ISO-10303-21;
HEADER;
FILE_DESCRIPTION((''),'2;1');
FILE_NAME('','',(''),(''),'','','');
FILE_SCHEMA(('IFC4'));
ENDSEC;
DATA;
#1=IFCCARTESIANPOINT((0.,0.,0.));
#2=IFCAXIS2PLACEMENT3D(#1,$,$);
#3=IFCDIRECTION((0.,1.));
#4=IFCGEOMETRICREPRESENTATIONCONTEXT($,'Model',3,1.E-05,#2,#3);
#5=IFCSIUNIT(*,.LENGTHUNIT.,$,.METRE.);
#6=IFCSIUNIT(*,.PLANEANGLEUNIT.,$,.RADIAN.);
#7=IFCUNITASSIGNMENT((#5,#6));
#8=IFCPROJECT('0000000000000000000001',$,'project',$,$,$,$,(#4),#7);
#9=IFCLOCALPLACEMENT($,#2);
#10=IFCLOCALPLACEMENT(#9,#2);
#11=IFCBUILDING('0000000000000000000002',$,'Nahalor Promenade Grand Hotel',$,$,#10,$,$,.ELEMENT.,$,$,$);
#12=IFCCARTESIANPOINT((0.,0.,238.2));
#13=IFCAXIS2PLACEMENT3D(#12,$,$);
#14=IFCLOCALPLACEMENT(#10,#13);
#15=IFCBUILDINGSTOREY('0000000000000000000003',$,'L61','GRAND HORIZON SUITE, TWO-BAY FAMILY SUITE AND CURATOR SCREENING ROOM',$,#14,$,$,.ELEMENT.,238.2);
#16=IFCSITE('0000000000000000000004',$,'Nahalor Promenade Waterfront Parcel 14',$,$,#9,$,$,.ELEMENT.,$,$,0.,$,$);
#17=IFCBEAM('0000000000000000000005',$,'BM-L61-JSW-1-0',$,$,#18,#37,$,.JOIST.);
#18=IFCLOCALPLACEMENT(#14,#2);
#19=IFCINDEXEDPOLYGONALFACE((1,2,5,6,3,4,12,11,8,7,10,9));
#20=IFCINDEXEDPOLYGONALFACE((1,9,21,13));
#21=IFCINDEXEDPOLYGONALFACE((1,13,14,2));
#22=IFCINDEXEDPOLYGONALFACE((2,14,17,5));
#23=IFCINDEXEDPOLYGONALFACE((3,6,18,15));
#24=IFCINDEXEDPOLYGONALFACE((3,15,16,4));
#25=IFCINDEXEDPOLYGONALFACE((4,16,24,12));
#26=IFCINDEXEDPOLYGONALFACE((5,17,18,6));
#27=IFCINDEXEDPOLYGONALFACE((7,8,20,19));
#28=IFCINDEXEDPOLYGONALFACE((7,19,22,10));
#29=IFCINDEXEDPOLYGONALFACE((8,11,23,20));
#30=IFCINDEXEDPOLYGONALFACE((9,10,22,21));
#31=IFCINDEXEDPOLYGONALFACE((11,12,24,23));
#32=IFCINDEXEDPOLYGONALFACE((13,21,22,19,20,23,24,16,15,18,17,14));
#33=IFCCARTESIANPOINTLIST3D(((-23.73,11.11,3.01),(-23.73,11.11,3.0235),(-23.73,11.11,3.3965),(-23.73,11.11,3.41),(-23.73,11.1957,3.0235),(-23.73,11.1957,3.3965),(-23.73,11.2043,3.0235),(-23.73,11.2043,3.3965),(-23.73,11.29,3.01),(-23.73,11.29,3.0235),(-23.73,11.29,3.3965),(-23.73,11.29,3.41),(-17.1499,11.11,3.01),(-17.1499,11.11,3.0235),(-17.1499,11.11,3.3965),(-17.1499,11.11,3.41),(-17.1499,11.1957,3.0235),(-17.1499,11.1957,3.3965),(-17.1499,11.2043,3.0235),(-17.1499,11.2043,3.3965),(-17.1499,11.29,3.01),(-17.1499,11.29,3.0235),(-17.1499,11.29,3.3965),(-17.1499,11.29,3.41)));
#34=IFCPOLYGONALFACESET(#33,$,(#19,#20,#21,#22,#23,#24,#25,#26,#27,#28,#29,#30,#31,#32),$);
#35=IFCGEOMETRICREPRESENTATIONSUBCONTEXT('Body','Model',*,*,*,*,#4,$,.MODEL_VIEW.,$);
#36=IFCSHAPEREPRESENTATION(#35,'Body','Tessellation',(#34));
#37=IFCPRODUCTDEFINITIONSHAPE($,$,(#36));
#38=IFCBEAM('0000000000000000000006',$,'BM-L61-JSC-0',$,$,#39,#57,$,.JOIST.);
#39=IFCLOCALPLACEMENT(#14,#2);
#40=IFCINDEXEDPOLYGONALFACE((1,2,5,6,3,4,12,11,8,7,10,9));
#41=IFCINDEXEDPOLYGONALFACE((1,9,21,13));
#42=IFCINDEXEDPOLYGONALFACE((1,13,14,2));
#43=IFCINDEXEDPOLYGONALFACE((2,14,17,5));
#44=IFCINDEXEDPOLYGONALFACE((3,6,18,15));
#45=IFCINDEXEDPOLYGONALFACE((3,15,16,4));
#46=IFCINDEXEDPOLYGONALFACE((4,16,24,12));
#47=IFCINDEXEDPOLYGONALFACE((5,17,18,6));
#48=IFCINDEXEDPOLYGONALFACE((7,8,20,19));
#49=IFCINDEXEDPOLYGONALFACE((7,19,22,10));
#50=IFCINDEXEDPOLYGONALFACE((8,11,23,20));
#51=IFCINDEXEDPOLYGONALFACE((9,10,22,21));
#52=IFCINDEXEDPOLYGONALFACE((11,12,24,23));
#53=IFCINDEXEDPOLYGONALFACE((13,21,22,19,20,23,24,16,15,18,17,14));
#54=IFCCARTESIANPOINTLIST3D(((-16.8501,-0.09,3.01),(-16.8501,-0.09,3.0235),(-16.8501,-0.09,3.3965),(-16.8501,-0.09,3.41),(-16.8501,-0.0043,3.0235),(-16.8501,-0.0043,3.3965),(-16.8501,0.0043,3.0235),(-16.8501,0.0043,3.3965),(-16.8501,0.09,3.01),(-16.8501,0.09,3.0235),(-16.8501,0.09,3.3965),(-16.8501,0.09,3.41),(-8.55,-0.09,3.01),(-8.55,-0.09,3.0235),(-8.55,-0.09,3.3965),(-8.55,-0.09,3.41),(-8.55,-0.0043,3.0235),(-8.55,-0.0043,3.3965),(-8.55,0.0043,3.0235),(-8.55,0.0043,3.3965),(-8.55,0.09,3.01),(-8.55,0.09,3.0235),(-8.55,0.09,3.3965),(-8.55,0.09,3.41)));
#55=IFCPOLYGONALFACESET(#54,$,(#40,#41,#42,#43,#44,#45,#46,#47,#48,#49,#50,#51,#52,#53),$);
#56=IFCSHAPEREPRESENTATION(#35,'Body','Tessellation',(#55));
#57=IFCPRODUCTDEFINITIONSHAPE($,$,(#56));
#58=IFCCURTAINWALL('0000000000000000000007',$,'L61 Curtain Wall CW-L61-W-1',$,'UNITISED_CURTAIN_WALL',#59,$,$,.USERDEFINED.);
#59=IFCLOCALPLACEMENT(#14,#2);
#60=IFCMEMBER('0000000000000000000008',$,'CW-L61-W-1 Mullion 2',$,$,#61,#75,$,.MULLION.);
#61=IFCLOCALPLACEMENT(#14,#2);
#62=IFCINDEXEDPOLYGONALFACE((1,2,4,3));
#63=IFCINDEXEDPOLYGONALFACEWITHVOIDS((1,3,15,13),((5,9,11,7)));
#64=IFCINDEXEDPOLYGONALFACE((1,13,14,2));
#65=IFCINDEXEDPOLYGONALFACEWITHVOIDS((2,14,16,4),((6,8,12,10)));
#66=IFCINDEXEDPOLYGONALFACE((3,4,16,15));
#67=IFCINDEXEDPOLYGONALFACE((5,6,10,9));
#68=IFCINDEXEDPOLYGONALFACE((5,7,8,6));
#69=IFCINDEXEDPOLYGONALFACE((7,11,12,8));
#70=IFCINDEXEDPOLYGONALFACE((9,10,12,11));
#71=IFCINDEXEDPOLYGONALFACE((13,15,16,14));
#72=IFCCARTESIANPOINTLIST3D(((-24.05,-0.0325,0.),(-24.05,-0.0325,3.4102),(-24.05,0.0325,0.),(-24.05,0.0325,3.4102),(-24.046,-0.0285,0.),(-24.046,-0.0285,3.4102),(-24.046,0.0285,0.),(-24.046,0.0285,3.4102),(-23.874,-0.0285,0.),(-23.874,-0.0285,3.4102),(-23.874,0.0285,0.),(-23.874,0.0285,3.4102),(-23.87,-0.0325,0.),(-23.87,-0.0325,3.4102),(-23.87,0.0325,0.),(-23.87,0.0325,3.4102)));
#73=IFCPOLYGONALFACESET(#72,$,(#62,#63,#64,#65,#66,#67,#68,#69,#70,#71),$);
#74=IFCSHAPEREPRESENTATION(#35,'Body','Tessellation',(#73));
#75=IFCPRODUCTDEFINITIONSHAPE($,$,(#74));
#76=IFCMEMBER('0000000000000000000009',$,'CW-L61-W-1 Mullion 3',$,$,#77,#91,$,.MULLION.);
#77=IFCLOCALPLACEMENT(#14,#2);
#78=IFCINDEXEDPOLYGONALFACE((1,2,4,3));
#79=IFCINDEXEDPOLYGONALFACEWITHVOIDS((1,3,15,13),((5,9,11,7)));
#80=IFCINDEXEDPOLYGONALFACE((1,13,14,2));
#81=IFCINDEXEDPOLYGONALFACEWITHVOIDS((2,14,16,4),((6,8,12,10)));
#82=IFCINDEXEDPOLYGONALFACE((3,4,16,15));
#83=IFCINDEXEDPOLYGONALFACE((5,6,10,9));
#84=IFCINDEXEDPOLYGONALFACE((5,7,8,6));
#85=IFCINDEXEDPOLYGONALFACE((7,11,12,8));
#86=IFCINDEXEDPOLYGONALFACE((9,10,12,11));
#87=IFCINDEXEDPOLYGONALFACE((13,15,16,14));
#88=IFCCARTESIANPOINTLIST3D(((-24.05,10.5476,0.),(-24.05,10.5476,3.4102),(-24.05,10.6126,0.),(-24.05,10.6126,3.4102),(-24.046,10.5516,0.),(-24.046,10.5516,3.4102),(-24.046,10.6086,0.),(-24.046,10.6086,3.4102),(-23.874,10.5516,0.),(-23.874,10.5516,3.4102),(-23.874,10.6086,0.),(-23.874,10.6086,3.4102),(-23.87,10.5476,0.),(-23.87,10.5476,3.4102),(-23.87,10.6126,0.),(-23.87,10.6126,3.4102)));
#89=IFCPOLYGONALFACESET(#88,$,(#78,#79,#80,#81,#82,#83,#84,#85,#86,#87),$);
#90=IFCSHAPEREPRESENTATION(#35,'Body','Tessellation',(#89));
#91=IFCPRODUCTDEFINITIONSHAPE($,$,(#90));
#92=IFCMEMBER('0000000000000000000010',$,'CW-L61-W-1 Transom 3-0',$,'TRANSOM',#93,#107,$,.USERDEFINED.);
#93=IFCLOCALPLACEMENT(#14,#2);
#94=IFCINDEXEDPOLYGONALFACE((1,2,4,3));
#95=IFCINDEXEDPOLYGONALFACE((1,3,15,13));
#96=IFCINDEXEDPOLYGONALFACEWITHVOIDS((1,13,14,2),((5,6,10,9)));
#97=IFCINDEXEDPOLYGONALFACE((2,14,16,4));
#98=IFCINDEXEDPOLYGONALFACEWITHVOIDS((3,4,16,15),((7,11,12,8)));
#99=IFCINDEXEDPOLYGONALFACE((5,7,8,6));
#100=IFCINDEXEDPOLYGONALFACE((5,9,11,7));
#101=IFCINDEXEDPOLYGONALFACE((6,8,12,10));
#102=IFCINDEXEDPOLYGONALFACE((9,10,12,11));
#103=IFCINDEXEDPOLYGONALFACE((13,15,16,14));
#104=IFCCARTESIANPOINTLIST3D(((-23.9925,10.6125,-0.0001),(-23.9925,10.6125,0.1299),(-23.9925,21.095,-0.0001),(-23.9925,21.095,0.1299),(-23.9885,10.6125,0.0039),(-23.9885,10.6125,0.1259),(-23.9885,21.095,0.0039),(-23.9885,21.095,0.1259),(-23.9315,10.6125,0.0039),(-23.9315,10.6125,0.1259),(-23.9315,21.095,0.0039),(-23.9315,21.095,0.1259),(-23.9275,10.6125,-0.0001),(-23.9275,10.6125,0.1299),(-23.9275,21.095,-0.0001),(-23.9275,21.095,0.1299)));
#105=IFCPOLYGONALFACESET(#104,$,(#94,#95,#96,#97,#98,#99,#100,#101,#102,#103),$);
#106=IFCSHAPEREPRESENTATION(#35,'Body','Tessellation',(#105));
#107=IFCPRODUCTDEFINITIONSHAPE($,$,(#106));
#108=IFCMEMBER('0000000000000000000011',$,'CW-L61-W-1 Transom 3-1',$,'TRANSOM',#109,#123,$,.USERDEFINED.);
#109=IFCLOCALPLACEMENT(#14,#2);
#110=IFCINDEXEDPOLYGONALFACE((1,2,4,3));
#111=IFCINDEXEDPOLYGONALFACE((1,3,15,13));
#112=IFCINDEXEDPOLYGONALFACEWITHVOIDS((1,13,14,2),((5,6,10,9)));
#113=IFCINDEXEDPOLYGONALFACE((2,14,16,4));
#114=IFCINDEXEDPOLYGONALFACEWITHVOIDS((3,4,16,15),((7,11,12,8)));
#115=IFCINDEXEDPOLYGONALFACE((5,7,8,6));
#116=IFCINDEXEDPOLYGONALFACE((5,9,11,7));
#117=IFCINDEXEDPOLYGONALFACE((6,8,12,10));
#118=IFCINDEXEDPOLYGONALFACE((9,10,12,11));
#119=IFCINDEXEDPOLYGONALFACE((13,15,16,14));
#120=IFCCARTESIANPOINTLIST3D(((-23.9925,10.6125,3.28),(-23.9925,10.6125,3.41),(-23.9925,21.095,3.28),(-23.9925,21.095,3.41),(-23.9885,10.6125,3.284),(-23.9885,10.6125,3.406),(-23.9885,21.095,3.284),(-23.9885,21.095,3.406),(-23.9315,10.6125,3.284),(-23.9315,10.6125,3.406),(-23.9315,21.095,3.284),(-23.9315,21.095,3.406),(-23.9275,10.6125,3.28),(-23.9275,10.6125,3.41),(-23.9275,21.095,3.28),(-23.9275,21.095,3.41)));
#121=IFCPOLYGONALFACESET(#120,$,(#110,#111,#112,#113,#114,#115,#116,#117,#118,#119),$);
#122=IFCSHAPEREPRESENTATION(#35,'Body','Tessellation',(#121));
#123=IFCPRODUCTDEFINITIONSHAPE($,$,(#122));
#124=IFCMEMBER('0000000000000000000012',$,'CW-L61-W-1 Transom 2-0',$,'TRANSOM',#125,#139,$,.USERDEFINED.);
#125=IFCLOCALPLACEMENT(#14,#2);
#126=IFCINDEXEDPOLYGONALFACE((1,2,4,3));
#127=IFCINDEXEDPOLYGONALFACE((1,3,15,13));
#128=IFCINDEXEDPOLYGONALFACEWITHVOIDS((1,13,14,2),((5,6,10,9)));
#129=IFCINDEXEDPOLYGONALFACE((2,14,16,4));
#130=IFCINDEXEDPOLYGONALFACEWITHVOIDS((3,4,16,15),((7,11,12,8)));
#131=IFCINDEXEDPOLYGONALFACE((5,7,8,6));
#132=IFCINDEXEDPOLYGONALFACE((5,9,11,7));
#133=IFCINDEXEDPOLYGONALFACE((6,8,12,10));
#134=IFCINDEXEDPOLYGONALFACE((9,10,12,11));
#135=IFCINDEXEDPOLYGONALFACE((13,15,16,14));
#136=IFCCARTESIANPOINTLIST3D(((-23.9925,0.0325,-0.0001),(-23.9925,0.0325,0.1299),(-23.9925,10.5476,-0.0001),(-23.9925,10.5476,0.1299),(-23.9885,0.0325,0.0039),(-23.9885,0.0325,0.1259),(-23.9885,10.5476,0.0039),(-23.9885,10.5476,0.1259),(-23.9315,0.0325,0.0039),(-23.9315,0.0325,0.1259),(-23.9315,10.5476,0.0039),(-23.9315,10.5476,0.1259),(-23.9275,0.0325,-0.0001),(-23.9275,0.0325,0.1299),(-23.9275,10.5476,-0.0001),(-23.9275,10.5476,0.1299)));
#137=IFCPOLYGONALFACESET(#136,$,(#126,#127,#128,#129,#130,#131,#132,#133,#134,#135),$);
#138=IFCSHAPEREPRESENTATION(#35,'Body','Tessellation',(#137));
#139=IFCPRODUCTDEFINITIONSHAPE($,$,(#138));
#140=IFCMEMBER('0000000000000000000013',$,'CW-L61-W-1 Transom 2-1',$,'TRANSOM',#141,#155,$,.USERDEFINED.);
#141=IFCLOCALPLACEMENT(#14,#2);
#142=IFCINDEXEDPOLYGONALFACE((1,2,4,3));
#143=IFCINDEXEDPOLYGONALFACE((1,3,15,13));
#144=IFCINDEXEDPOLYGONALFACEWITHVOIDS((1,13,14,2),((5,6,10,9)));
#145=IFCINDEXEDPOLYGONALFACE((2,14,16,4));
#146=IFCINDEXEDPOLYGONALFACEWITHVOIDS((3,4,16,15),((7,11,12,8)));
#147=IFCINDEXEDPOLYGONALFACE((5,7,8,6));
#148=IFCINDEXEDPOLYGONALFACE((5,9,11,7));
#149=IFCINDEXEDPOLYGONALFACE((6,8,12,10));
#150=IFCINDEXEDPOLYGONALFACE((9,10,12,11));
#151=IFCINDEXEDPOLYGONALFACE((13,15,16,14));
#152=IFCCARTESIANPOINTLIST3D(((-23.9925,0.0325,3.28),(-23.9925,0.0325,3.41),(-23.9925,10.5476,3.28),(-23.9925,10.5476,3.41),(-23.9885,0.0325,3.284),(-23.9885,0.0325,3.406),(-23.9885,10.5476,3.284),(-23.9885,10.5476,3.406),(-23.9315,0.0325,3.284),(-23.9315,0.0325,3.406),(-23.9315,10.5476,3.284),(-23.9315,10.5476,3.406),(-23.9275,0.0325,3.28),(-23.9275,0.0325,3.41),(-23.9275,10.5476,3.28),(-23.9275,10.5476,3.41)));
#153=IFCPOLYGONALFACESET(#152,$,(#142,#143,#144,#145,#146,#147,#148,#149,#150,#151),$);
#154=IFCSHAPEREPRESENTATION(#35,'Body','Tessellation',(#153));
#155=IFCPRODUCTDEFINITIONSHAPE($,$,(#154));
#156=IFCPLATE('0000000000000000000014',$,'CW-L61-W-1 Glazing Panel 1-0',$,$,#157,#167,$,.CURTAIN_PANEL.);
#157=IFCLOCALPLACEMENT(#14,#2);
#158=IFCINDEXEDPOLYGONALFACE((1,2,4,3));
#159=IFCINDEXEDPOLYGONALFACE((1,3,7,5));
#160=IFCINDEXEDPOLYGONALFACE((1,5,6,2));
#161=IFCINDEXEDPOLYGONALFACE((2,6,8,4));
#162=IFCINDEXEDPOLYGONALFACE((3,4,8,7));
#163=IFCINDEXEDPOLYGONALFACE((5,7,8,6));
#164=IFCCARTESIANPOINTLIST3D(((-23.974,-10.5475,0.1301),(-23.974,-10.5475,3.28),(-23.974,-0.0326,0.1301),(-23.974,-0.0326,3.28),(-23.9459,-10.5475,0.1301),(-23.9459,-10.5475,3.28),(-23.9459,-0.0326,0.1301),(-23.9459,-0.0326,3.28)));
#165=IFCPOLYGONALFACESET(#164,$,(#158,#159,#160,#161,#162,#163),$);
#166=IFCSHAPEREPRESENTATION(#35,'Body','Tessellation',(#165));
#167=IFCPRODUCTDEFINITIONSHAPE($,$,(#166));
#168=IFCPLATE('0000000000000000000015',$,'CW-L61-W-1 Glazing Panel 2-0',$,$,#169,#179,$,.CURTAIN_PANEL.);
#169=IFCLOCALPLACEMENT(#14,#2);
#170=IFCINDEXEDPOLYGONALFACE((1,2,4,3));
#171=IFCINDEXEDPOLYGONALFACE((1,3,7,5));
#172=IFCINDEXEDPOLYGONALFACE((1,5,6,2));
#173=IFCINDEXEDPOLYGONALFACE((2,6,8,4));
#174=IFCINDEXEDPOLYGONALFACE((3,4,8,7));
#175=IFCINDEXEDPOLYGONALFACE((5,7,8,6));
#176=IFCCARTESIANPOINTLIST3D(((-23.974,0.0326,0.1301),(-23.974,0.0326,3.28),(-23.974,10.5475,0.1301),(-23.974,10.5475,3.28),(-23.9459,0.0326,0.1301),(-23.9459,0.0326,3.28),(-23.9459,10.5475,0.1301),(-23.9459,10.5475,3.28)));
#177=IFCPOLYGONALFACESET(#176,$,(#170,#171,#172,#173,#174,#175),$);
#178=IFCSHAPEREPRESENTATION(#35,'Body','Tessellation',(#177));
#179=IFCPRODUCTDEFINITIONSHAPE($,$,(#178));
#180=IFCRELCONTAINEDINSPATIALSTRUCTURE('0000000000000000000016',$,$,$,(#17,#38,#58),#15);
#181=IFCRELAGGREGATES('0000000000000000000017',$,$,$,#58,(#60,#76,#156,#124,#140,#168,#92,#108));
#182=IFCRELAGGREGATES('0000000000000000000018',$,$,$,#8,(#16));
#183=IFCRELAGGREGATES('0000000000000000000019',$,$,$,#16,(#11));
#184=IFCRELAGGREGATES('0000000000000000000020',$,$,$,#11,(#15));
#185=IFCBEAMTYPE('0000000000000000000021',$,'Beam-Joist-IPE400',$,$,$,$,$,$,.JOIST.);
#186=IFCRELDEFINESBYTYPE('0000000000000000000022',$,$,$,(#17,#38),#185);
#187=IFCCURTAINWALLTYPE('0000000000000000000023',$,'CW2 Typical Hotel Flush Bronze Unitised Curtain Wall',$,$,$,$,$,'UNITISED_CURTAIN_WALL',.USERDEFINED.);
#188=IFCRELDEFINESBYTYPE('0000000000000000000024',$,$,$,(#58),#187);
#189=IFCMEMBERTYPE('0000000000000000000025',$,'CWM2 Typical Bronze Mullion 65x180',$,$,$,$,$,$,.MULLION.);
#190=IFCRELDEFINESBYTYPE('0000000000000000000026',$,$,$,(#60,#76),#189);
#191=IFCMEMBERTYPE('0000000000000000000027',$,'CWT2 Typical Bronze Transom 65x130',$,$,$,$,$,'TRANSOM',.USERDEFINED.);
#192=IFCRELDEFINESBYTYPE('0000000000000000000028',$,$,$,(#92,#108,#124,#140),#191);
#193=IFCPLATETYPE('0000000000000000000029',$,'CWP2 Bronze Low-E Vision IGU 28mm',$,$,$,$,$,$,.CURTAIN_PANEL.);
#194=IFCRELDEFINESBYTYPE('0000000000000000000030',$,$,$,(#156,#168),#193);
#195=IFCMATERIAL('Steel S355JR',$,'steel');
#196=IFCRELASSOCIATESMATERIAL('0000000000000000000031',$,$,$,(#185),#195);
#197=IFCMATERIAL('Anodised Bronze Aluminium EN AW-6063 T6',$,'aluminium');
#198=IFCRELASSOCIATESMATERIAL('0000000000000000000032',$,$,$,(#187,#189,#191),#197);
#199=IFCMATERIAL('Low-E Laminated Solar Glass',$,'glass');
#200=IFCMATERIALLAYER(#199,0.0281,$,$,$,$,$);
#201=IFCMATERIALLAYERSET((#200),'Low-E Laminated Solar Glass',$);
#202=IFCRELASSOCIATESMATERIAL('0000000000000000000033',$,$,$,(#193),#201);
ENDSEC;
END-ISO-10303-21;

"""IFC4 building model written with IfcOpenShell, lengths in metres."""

from ifc_helpers import new_model, si_unit, direction, frame, origin, origin_2d, place, context, subcontext, project, spatial, rectangle, hollow_rectangle, i_section, extrude, source, transform, mapped, material, layer, layer_set, material_profile, profile_set, type_object, element, aggregate, save


model = new_model("IFC4")

# Units and contexts
model_context = context("Model", 3, precision=1e-05, world=origin(), true_north=direction((0.0, 1.0)))
body_context = subcontext(model_context, "Body", "Model", "MODEL_VIEW")
ifc_project = project(units=[si_unit("LENGTHUNIT", "METRE"), si_unit("PLANEANGLEUNIT", "RADIAN")], contexts=[model_context])

# Site, building, storey
site_placement = place(None, origin())
site = spatial("IfcSite", under=ifc_project, at=site_placement, Name="Nahalor Promenade Waterfront Parcel 14", CompositionType="ELEMENT", RefElevation=0.0)
building_placement = place(site_placement, origin())
building = spatial("IfcBuilding", under=site, at=building_placement, Name="Nahalor Promenade Grand Hotel", CompositionType="ELEMENT")
storey_placement = place(building_placement, frame((0.0, 0.0, 238.2)))
storey = spatial("IfcBuildingStorey", under=building, at=storey_placement, Name="L61", Description="GRAND HORIZON SUITE, TWO-BAY FAMILY SUITE AND CURATOR SCREENING ROOM", CompositionType="ELEMENT", Elevation=238.2)

# Shared definitions
ifc_material_1 = material(Name="Steel S355JR", Category="steel")

# Beams
ifc_material_profile_1 = material_profile(ifc_material_1, i_section(OverallWidth=0.18, OverallDepth=0.4, WebThickness=0.0086, FlangeThickness=0.0135, at=origin_2d()), Name="IPE 400")
ifc_profile_set_1 = profile_set([ifc_material_profile_1], Name="Steel S355JR")
beam_type_1 = type_object("IfcBeamType", Name="Beam-Joist-IPE400", PredefinedType="JOIST", material=ifc_profile_set_1)
shared_shape_1 = source(origin(), body_context, "Body", "SweptSolid", [
    extrude(i_section(OverallWidth=0.18, OverallDepth=0.4, WebThickness=0.0086, FlangeThickness=0.0135, at=origin_2d()), origin(), (0.0, 0.0, 1.0), 6.5801),
])
beam_1_placement = place(storey_placement, frame((-23.73, 11.2, 3.21), z_axis=(1.0, 0.0, 0.0), x_axis=(0.0, 1.0, 0.0)))
element("IfcBeam", 1, at=beam_1_placement, inside=storey, type_object=beam_type_1, Name="BM-L61-JSW-1-0", PredefinedType="JOIST", context=body_context, shape_type="MappedRepresentation", body=[
    mapped(shared_shape_1, transform((0.0, 0.0, 0.0), scale=1.0)),
])
shared_shape_2 = source(origin(), body_context, "Body", "SweptSolid", [
    extrude(i_section(OverallWidth=0.18, OverallDepth=0.4, WebThickness=0.0086, FlangeThickness=0.0135, at=origin_2d()), origin(), (0.0, 0.0, 1.0), 8.3),
])
beam_2_placement = place(storey_placement, frame((-16.8501, 0.0, 3.21), z_axis=(1.0, 0.0, 0.0), x_axis=(0.0, 1.0, 0.0)))
element("IfcBeam", 2, at=beam_2_placement, inside=storey, type_object=beam_type_1, Name="BM-L61-JSC-0", PredefinedType="JOIST", context=body_context, shape_type="MappedRepresentation", body=[
    mapped(shared_shape_2, transform((0.0, 0.0, 0.0), scale=1.0)),
])

# Curtain wall, members, plates
ifc_material_2 = material(Name="Anodised Bronze Aluminium EN AW-6063 T6", Category="aluminium")
curtain_wall_type = type_object("IfcCurtainWallType", Name="CW2 Typical Hotel Flush Bronze Unitised Curtain Wall", ElementType="UNITISED_CURTAIN_WALL", PredefinedType="USERDEFINED", material=ifc_material_2)
curtain_wall_placement = place(storey_placement, origin())
curtain_wall = element("IfcCurtainWall", 3, at=curtain_wall_placement, inside=storey, type_object=curtain_wall_type, Name="L61 Curtain Wall CW-L61-W-1", ObjectType="UNITISED_CURTAIN_WALL", PredefinedType="USERDEFINED")
ifc_material_profile_2 = material_profile(ifc_material_2, hollow_rectangle(XDim=0.065, YDim=0.18, WallThickness=0.004, at=origin_2d()), Name="CWM 65x180x4")
ifc_profile_set_2 = profile_set([ifc_material_profile_2], Name="Anodised Bronze Aluminium EN AW-6063 T6")
member_type_1 = type_object("IfcMemberType", Name="CWM2 Typical Bronze Mullion 65x180", PredefinedType="MULLION", material=ifc_profile_set_2)
shared_shape_3 = source(origin(), body_context, "Body", "SweptSolid", [
    extrude(hollow_rectangle(XDim=0.065, YDim=0.18, WallThickness=0.004, at=origin_2d()), origin(), (0.0, 0.0, 1.0), 3.4102),
])
member_1_placement = place(storey_placement, frame((-23.96, 0.0, 0.0), z_axis=(0.0, 0.0, 1.0), x_axis=(0.0, 1.0, 0.0)))
member_1 = element("IfcMember", 4, at=member_1_placement, type_object=member_type_1, Name="CW-L61-W-1 Mullion 2", PredefinedType="MULLION", context=body_context, shape_type="MappedRepresentation", body=[
    mapped(shared_shape_3, transform((0.0, 0.0, 0.0), scale=1.0)),
])
member_2_placement = place(storey_placement, frame((-23.96, 10.5801, 0.0), z_axis=(0.0, 0.0, 1.0), x_axis=(0.0, 1.0, 0.0)))
member_2 = element("IfcMember", 5, at=member_2_placement, type_object=member_type_1, Name="CW-L61-W-1 Mullion 3", PredefinedType="MULLION", context=body_context, shape_type="MappedRepresentation", body=[
    mapped(shared_shape_3, transform((0.0, 0.0, 0.0), scale=1.0)),
])
ifc_material_profile_3 = material_profile(ifc_material_2, hollow_rectangle(XDim=0.065, YDim=0.13, WallThickness=0.004, at=origin_2d()), Name="CWT 65x130x4")
ifc_profile_set_3 = profile_set([ifc_material_profile_3], Name="Anodised Bronze Aluminium EN AW-6063 T6")
member_type_2 = type_object("IfcMemberType", Name="CWT2 Typical Bronze Transom 65x130", ElementType="TRANSOM", PredefinedType="USERDEFINED", material=ifc_profile_set_3)
shared_shape_4 = source(origin(), body_context, "Body", "SweptSolid", [
    extrude(hollow_rectangle(XDim=0.065, YDim=0.13, WallThickness=0.004, at=origin_2d()), origin(), (0.0, 0.0, 1.0), 10.4824),
])
member_3_placement = place(storey_placement, frame((-23.96, 10.6125, 0.0649), z_axis=(0.0, 1.0, 0.0), x_axis=(-1.0, 0.0, 0.0)))
member_3 = element("IfcMember", 6, at=member_3_placement, type_object=member_type_2, Name="CW-L61-W-1 Transom 3-0", ObjectType="TRANSOM", PredefinedType="USERDEFINED", context=body_context, shape_type="MappedRepresentation", body=[
    mapped(shared_shape_4, transform((0.0, 0.0, 0.0), scale=1.0)),
])
member_4_placement = place(storey_placement, frame((-23.96, 10.6125, 3.345), z_axis=(0.0, 1.0, 0.0), x_axis=(-1.0, 0.0, 0.0)))
member_4 = element("IfcMember", 7, at=member_4_placement, type_object=member_type_2, Name="CW-L61-W-1 Transom 3-1", ObjectType="TRANSOM", PredefinedType="USERDEFINED", context=body_context, shape_type="MappedRepresentation", body=[
    mapped(shared_shape_4, transform((0.0, 0.0, 0.0), scale=1.0)),
])
shared_shape_5 = source(origin(), body_context, "Body", "SweptSolid", [
    extrude(hollow_rectangle(XDim=0.065, YDim=0.13, WallThickness=0.004, at=origin_2d()), origin(), (0.0, 0.0, 1.0), 10.5151),
])
member_5_placement = place(storey_placement, frame((-23.96, 0.0325, 0.0649), z_axis=(0.0, 1.0, 0.0), x_axis=(-1.0, 0.0, 0.0)))
member_5 = element("IfcMember", 8, at=member_5_placement, type_object=member_type_2, Name="CW-L61-W-1 Transom 2-0", ObjectType="TRANSOM", PredefinedType="USERDEFINED", context=body_context, shape_type="MappedRepresentation", body=[
    mapped(shared_shape_5, transform((0.0, 0.0, 0.0), scale=1.0)),
])
member_6_placement = place(storey_placement, frame((-23.96, 0.0325, 3.345), z_axis=(0.0, 1.0, 0.0), x_axis=(-1.0, 0.0, 0.0)))
member_6 = element("IfcMember", 9, at=member_6_placement, type_object=member_type_2, Name="CW-L61-W-1 Transom 2-1", ObjectType="TRANSOM", PredefinedType="USERDEFINED", context=body_context, shape_type="MappedRepresentation", body=[
    mapped(shared_shape_5, transform((0.0, 0.0, 0.0), scale=1.0)),
])
ifc_material_3 = material(Name="Low-E Laminated Solar Glass", Category="glass")
ifc_layer_1 = layer(ifc_material_3, 0.0281)
ifc_layer_set_1 = layer_set([ifc_layer_1], Name="Low-E Laminated Solar Glass")
plate_type = type_object("IfcPlateType", Name="CWP2 Bronze Low-E Vision IGU 28mm", PredefinedType="CURTAIN_PANEL", material=ifc_layer_set_1)
shared_shape_6 = source(origin(), body_context, "Body", "SweptSolid", [
    extrude(rectangle(XDim=10.5149, YDim=0.0281, at=origin_2d()), origin(), (0.0, 0.0, 1.0), 3.1499),
])
plate_1_placement = place(storey_placement, frame((-23.96, -5.29, 0.1301), z_axis=(0.0, 0.0, 1.0), x_axis=(0.0, 1.0, 0.0)))
plate_1 = element("IfcPlate", 10, at=plate_1_placement, type_object=plate_type, Name="CW-L61-W-1 Glazing Panel 1-0", PredefinedType="CURTAIN_PANEL", context=body_context, shape_type="MappedRepresentation", body=[
    mapped(shared_shape_6, transform((0.0, 0.0, 0.0), scale=1.0)),
])
plate_2_placement = place(storey_placement, frame((-23.96, 5.29, 0.1301), z_axis=(0.0, 0.0, 1.0), x_axis=(0.0, 1.0, 0.0)))
plate_2 = element("IfcPlate", 11, at=plate_2_placement, type_object=plate_type, Name="CW-L61-W-1 Glazing Panel 2-0", PredefinedType="CURTAIN_PANEL", context=body_context, shape_type="MappedRepresentation", body=[
    mapped(shared_shape_6, transform((0.0, 0.0, 0.0), scale=1.0)),
])
aggregate(curtain_wall, [member_1, member_2, plate_1, member_5, member_6, plate_2, member_3, member_4])

save(model, "model.ifc")
